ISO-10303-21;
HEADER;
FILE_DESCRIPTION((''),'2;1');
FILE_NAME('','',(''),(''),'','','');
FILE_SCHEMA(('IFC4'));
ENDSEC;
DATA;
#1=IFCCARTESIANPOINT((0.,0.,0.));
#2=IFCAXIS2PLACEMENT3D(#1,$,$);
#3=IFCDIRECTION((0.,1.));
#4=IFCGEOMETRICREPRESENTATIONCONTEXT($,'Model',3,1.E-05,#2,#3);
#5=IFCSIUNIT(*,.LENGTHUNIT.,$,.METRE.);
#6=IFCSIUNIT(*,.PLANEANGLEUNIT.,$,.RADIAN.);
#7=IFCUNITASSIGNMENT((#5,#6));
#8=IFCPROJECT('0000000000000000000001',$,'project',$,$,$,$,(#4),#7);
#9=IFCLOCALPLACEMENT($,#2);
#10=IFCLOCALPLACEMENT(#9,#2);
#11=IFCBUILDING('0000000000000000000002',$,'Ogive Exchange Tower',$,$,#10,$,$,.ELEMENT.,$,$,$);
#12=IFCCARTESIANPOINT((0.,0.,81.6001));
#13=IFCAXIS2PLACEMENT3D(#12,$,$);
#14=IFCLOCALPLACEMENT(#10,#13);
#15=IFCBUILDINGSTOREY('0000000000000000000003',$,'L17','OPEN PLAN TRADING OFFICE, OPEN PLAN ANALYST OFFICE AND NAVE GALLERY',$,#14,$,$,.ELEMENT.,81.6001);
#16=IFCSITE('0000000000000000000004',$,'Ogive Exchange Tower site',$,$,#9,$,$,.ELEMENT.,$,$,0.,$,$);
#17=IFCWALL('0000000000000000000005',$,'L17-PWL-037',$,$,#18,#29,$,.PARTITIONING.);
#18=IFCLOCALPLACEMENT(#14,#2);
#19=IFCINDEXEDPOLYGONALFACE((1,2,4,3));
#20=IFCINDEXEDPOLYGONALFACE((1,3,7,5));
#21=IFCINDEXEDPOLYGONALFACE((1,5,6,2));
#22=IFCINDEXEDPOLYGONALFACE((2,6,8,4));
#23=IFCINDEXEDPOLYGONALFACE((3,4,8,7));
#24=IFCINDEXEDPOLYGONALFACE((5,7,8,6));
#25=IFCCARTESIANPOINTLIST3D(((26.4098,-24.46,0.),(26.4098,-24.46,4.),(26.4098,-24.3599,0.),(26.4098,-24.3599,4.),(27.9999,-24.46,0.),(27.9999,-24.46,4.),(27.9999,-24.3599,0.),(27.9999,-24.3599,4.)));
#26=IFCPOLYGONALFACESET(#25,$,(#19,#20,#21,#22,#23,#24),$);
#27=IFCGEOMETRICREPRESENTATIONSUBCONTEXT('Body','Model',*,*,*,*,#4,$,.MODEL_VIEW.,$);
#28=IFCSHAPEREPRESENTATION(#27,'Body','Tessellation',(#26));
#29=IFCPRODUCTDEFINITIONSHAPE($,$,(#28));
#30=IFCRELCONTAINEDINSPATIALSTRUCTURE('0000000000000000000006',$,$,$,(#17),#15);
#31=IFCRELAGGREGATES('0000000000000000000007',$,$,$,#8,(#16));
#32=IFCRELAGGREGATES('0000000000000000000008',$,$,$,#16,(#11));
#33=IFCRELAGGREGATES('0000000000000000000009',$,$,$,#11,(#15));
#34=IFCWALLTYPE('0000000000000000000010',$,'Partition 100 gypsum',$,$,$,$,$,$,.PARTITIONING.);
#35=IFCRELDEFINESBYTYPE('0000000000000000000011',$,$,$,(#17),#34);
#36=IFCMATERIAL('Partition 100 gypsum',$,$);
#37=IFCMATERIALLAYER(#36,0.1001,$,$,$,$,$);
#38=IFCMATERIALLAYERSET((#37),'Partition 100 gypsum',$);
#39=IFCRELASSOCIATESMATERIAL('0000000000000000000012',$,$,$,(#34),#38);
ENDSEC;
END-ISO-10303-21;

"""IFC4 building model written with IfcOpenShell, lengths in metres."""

from ifc_helpers import new_model, si_unit, direction, frame, frame_2d, origin, place, context, subcontext, project, spatial, rectangle, extrude, material, layer, layer_set, type_object, element, save


model = new_model("IFC4")

# Units and contexts
model_context = context("Model", 3, precision=1e-05, world=origin(), true_north=direction((0.0, 1.0)))
body_context = subcontext(model_context, "Body", "Model", "MODEL_VIEW")
ifc_project = project(units=[si_unit("LENGTHUNIT", "METRE"), si_unit("PLANEANGLEUNIT", "RADIAN")], contexts=[model_context])

# Site, building, storey
site_placement = place(None, origin())
site = spatial("IfcSite", under=ifc_project, at=site_placement, Name="Ogive Exchange Tower site", CompositionType="ELEMENT", RefElevation=0.0)
building_placement = place(site_placement, origin())
building = spatial("IfcBuilding", under=site, at=building_placement, Name="Ogive Exchange Tower", CompositionType="ELEMENT")
storey_placement = place(building_placement, frame((0.0, 0.0, 81.6001)))
storey = spatial("IfcBuildingStorey", under=building, at=storey_placement, Name="L17", Description="OPEN PLAN TRADING OFFICE, OPEN PLAN ANALYST OFFICE AND NAVE GALLERY", CompositionType="ELEMENT", Elevation=81.6001)

# Wall
ifc_material_1 = material(Name="Partition 100 gypsum")
ifc_layer_1 = layer(ifc_material_1, 0.1001)
ifc_layer_set_1 = layer_set([ifc_layer_1], Name="Partition 100 gypsum")
wall_type_1 = type_object("IfcWallType", Name="Partition 100 gypsum", PredefinedType="PARTITIONING", material=ifc_layer_set_1)
wall_1_placement = place(storey_placement, frame((26.4099, -24.4099, 0.0), z_axis=(0.0, 0.0, 1.0), x_axis=(1.0, 0.0, 0.0)))
element("IfcWall", 1, at=wall_1_placement, inside=storey, type_object=wall_type_1, Name="L17-PWL-037", PredefinedType="PARTITIONING", context=body_context, shape_type="SweptSolid", body=[
    extrude(rectangle(XDim=1.5901, YDim=0.1001, at=frame_2d((0.7949, 0.0))), origin(), (0.0, 0.0, 1.0), 4.0),
])

save(model, "model.ifc")
